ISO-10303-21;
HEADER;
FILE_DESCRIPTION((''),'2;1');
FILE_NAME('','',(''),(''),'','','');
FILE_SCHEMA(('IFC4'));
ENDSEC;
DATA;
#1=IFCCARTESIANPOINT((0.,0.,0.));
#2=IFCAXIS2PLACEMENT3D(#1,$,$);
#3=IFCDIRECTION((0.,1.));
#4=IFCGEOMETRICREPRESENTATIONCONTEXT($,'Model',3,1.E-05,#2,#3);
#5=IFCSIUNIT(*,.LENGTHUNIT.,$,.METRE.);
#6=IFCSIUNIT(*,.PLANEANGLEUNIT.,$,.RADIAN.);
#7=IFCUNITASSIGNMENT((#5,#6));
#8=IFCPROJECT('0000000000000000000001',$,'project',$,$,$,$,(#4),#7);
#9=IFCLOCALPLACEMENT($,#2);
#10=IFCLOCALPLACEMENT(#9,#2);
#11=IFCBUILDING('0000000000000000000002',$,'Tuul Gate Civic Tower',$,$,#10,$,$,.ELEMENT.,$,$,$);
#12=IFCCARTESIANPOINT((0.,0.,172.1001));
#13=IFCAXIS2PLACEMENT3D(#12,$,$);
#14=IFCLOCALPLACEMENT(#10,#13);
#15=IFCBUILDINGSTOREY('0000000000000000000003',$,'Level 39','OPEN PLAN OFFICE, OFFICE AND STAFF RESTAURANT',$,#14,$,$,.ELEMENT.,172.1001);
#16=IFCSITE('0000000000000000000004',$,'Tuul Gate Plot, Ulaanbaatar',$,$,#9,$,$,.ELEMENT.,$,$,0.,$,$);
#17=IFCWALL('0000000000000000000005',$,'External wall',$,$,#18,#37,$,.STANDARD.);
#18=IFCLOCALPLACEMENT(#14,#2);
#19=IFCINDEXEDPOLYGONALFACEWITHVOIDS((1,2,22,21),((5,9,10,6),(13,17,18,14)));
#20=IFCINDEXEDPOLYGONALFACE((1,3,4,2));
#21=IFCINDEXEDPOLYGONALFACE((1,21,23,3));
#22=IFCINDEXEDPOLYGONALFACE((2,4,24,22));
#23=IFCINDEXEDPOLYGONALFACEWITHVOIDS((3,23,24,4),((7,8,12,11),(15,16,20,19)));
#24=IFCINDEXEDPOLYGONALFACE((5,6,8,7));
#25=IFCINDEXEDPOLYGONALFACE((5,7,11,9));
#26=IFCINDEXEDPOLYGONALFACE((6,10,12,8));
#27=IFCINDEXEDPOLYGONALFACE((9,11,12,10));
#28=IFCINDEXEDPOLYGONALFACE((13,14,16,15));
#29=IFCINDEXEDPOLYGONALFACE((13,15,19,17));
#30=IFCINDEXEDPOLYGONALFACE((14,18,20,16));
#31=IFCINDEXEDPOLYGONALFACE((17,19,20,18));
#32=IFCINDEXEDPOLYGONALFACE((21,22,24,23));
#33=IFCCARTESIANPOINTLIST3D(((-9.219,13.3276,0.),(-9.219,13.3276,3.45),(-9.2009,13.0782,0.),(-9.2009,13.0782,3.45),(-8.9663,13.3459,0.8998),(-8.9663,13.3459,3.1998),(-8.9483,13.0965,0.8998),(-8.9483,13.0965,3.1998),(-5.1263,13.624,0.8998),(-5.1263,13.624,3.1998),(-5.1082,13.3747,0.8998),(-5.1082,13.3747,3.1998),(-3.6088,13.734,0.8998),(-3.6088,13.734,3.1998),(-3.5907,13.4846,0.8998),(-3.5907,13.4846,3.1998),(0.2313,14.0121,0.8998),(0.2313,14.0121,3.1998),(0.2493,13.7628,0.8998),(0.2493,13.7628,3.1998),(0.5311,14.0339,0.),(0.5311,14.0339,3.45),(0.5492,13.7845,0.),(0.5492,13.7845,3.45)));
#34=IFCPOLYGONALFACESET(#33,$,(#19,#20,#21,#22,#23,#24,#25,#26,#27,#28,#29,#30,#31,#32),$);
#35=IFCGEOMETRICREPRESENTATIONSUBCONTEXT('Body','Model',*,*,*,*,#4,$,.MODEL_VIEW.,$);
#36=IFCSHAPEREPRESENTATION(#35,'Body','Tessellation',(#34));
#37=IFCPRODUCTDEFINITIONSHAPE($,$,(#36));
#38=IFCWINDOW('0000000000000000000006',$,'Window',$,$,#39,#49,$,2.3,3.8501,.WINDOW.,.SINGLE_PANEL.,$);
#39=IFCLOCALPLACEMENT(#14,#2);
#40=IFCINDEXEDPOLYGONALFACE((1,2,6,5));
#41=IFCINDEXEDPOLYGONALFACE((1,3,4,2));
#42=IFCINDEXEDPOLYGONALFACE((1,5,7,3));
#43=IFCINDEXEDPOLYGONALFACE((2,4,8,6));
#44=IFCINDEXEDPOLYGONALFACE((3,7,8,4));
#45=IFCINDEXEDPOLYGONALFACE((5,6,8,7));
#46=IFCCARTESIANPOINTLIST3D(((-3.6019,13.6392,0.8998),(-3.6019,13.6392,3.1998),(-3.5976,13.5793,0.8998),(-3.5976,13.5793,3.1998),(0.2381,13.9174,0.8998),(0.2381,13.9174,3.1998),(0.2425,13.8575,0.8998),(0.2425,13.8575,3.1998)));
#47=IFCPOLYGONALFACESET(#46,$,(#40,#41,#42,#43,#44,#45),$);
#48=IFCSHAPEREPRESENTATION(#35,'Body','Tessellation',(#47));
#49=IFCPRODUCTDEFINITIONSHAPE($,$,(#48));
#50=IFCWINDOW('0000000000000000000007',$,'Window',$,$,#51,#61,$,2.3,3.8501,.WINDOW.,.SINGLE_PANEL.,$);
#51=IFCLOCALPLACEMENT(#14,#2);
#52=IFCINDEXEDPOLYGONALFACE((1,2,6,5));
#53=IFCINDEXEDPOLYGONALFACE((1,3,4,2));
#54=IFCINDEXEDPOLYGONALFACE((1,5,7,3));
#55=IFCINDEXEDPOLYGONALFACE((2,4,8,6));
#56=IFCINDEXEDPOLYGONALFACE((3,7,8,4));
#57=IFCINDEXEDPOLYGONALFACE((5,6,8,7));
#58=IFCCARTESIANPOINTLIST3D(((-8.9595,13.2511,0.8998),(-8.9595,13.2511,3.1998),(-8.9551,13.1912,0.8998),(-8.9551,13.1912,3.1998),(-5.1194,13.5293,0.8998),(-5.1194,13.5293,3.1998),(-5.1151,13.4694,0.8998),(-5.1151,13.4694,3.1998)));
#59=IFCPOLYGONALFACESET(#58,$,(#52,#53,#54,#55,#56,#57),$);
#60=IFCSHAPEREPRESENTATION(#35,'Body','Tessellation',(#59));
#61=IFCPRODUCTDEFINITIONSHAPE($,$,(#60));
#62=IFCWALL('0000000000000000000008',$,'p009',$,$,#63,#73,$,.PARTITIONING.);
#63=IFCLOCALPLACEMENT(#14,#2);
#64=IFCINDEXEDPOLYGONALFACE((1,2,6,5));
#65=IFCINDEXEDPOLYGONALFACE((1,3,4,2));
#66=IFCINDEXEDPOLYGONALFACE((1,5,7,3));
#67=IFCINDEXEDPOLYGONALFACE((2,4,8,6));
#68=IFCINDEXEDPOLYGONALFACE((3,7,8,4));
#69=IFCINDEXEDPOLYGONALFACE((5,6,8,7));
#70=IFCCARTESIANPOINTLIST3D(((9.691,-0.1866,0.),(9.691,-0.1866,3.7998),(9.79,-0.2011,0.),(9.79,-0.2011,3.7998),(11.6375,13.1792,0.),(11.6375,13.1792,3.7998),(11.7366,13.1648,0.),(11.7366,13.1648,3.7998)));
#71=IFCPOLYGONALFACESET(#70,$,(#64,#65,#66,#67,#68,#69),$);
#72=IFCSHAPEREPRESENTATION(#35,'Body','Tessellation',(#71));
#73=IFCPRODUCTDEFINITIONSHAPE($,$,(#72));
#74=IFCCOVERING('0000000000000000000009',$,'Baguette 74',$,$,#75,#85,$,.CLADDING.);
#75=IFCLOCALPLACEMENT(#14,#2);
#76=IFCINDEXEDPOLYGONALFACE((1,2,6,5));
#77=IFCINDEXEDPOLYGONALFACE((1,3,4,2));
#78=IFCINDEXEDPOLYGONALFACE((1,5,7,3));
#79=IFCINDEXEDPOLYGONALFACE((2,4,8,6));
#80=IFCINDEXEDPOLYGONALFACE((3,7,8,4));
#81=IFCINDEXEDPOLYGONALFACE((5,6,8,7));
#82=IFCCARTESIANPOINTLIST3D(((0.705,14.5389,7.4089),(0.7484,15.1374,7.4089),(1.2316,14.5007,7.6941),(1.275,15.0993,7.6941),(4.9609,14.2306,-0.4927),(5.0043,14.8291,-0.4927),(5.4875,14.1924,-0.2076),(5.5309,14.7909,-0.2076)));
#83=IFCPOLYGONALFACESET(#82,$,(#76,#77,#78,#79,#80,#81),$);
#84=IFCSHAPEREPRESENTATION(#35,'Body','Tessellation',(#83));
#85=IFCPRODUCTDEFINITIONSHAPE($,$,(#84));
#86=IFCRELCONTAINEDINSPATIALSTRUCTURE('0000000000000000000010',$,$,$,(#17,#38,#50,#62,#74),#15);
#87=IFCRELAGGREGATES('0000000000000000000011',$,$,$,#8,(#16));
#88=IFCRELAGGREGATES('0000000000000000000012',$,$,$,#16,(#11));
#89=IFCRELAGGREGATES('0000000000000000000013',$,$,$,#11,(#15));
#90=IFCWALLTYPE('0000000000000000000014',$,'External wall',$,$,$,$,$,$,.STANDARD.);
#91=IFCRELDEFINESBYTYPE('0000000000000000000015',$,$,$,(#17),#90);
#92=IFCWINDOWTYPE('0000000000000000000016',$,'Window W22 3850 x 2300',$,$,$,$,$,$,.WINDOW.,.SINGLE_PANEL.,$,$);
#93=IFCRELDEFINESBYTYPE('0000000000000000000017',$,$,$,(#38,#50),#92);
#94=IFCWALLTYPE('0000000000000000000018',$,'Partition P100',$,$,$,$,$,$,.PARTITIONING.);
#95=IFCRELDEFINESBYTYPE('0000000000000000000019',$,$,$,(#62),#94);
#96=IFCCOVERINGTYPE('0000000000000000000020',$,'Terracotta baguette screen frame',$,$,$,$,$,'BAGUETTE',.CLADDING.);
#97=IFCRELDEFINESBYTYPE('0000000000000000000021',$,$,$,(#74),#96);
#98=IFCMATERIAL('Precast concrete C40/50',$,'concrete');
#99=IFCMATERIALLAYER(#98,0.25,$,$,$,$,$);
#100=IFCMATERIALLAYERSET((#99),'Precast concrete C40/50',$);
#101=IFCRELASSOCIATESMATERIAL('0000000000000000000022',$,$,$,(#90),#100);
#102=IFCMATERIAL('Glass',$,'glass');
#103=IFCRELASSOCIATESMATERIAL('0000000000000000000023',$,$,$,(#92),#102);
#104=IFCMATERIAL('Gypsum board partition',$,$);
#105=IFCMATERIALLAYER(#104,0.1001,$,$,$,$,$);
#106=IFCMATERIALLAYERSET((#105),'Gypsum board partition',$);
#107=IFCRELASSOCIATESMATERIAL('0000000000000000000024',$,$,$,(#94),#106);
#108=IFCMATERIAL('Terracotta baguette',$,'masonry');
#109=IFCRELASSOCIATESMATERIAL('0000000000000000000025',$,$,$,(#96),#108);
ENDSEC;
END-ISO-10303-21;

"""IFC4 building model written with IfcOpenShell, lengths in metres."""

from ifc_helpers import new_model, si_unit, direction, frame, frame_2d, origin, origin_2d, place, context, subcontext, project, spatial, rectangle, extrude, material, layer, layer_set, material_profile, profile_set, type_object, element, fill, save


model = new_model("IFC4")

# Units and contexts
model_context = context("Model", 3, precision=1e-05, world=origin(), true_north=direction((0.0, 1.0)))
body_context = subcontext(model_context, "Body", "Model", "MODEL_VIEW")
ifc_project = project(units=[si_unit("LENGTHUNIT", "METRE"), si_unit("PLANEANGLEUNIT", "RADIAN")], contexts=[model_context])

# Site, building, storey
site_placement = place(None, origin())
site = spatial("IfcSite", under=ifc_project, at=site_placement, Name="Tuul Gate Plot, Ulaanbaatar", CompositionType="ELEMENT", RefElevation=0.0)
building_placement = place(site_placement, origin())
building = spatial("IfcBuilding", under=site, at=building_placement, Name="Tuul Gate Civic Tower", CompositionType="ELEMENT")
storey_placement = place(building_placement, frame((0.0, 0.0, 172.1001)))
storey = spatial("IfcBuildingStorey", under=building, at=storey_placement, Name="Level 39", Description="OPEN PLAN OFFICE, OFFICE AND STAFF RESTAURANT", CompositionType="ELEMENT", Elevation=172.1001)

# Wall, openings, windows
ifc_material_1 = material(Name="Precast concrete C40/50", Category="concrete")
ifc_layer_1 = layer(ifc_material_1, 0.25)
ifc_layer_set_1 = layer_set([ifc_layer_1], Name="Precast concrete C40/50")
wall_type_1 = type_object("IfcWallType", Name="External wall", PredefinedType="STANDARD", material=ifc_layer_set_1)
wall_1_placement = place(storey_placement, frame((0.54, 13.9092, 0.0), z_axis=(0.0, 0.0, 1.0), x_axis=(-0.997386, -0.072252, 0.0)))
wall_1 = element("IfcWall", 1, at=wall_1_placement, inside=storey, type_object=wall_type_1, Name="External wall", PredefinedType="STANDARD", context=body_context, shape_type="SweptSolid", body=[
    extrude(rectangle(XDim=9.7756, YDim=0.25, at=frame_2d((4.8877, 0.0))), origin(), (0.0, 0.0, 1.0), 3.45),
])
opening_1_placement = place(wall_1_placement, frame((0.3005, 0.0, 0.8999)))
opening_1 = element("IfcOpeningElement", 2, at=opening_1_placement, cuts=wall_1, PredefinedType="OPENING", context=body_context, shape_type="SweptSolid", body=[
    extrude(rectangle(XDim=3.8501, YDim=2.3, at=frame_2d((1.925, 1.1499))), frame((0.0, 0.135, 0.0), z_axis=(0.0, -1.0, 0.0), x_axis=(1.0, 0.0, 0.0)), (0.0, 0.0, 1.0), 0.27),
])
opening_2_placement = place(wall_1_placement, frame((5.6721, 0.0, 0.8999)))
opening_2 = element("IfcOpeningElement", 3, at=opening_2_placement, cuts=wall_1, PredefinedType="OPENING", context=body_context, shape_type="SweptSolid", body=[
    extrude(rectangle(XDim=3.8501, YDim=2.3, at=frame_2d((1.925, 1.1499))), frame((0.0, 0.135, 0.0), z_axis=(0.0, -1.0, 0.0), x_axis=(1.0, 0.0, 0.0)), (0.0, 0.0, 1.0), 0.27),
])
ifc_material_2 = material(Name="Glass", Category="glass")
window_type = type_object("IfcWindowType", Name="Window W22 3850 x 2300", PartitioningType="SINGLE_PANEL", PredefinedType="WINDOW", material=ifc_material_2)
window_1_placement = place(opening_1_placement, origin())
window_1 = element("IfcWindow", 4, at=window_1_placement, inside=storey, type_object=window_type, Name="Window", OverallHeight=2.3, OverallWidth=3.8501, PartitioningType="SINGLE_PANEL", PredefinedType="WINDOW", context=body_context, shape_type="SweptSolid", body=[
    extrude(rectangle(XDim=3.8501, YDim=2.3, at=frame_2d((1.925, 1.1499))), frame((0.0, 0.03, 0.0), z_axis=(0.0, -1.0, 0.0), x_axis=(1.0, 0.0, 0.0)), (0.0, 0.0, 1.0), 0.0601),
])
fill(opening_1, window_1)
window_2_placement = place(opening_2_placement, origin())
window_2 = element("IfcWindow", 5, at=window_2_placement, inside=storey, type_object=window_type, Name="Window", OverallHeight=2.3, OverallWidth=3.8501, PartitioningType="SINGLE_PANEL", PredefinedType="WINDOW", context=body_context, shape_type="SweptSolid", body=[
    extrude(rectangle(XDim=3.8501, YDim=2.3, at=frame_2d((1.925, 1.1499))), frame((0.0, 0.03, 0.0), z_axis=(0.0, -1.0, 0.0), x_axis=(1.0, 0.0, 0.0)), (0.0, 0.0, 1.0), 0.0601),
])
fill(opening_2, window_2)

# Wall
ifc_material_3 = material(Name="Gypsum board partition")
ifc_layer_2 = layer(ifc_material_3, 0.1001)
ifc_layer_set_2 = layer_set([ifc_layer_2], Name="Gypsum board partition")
wall_type_2 = type_object("IfcWallType", Name="Partition P100", PredefinedType="PARTITIONING", material=ifc_layer_set_2)
wall_2_placement = place(storey_placement, frame((9.7405, -0.1938, 0.0), z_axis=(0.0, 0.0, 1.0), x_axis=(0.144116, 0.989561, 0.0)))
element("IfcWall", 6, at=wall_2_placement, inside=storey, type_object=wall_type_2, Name="p009", PredefinedType="PARTITIONING", context=body_context, shape_type="SweptSolid", body=[
    extrude(rectangle(XDim=13.5068, YDim=0.1001, at=frame_2d((6.7534, 0.0))), origin(), (0.0, 0.0, 1.0), 3.7998),
])

# Covering
ifc_material_4 = material(Name="Terracotta baguette", Category="masonry")
ifc_material_profile_1 = material_profile(ifc_material_4, rectangle(XDim=0.6001, YDim=0.6001, at=origin_2d()), Name="Terracotta baguette screen frame")
ifc_profile_set_1 = profile_set([ifc_material_profile_1], Name="Terracotta baguette")
covering_type = type_object("IfcCoveringType", Name="Terracotta baguette screen frame", ElementType="BAGUETTE", PredefinedType="CLADDING", material=ifc_profile_set_1)
covering_placement = place(storey_placement, frame((0.99, 14.8191, 7.5515), z_axis=(0.473919, -0.034337, -0.879899), x_axis=(0.072264, 0.997386, 0.0)))
element("IfcCovering", 7, at=covering_placement, inside=storey, type_object=covering_type, Name="Baguette 74", PredefinedType="CLADDING", context=body_context, shape_type="SweptSolid", body=[
    extrude(rectangle(XDim=0.6001, YDim=0.6001, at=origin_2d()), origin(), (0.0, 0.0, 1.0), 8.9802),
])

save(model, "model.ifc")
